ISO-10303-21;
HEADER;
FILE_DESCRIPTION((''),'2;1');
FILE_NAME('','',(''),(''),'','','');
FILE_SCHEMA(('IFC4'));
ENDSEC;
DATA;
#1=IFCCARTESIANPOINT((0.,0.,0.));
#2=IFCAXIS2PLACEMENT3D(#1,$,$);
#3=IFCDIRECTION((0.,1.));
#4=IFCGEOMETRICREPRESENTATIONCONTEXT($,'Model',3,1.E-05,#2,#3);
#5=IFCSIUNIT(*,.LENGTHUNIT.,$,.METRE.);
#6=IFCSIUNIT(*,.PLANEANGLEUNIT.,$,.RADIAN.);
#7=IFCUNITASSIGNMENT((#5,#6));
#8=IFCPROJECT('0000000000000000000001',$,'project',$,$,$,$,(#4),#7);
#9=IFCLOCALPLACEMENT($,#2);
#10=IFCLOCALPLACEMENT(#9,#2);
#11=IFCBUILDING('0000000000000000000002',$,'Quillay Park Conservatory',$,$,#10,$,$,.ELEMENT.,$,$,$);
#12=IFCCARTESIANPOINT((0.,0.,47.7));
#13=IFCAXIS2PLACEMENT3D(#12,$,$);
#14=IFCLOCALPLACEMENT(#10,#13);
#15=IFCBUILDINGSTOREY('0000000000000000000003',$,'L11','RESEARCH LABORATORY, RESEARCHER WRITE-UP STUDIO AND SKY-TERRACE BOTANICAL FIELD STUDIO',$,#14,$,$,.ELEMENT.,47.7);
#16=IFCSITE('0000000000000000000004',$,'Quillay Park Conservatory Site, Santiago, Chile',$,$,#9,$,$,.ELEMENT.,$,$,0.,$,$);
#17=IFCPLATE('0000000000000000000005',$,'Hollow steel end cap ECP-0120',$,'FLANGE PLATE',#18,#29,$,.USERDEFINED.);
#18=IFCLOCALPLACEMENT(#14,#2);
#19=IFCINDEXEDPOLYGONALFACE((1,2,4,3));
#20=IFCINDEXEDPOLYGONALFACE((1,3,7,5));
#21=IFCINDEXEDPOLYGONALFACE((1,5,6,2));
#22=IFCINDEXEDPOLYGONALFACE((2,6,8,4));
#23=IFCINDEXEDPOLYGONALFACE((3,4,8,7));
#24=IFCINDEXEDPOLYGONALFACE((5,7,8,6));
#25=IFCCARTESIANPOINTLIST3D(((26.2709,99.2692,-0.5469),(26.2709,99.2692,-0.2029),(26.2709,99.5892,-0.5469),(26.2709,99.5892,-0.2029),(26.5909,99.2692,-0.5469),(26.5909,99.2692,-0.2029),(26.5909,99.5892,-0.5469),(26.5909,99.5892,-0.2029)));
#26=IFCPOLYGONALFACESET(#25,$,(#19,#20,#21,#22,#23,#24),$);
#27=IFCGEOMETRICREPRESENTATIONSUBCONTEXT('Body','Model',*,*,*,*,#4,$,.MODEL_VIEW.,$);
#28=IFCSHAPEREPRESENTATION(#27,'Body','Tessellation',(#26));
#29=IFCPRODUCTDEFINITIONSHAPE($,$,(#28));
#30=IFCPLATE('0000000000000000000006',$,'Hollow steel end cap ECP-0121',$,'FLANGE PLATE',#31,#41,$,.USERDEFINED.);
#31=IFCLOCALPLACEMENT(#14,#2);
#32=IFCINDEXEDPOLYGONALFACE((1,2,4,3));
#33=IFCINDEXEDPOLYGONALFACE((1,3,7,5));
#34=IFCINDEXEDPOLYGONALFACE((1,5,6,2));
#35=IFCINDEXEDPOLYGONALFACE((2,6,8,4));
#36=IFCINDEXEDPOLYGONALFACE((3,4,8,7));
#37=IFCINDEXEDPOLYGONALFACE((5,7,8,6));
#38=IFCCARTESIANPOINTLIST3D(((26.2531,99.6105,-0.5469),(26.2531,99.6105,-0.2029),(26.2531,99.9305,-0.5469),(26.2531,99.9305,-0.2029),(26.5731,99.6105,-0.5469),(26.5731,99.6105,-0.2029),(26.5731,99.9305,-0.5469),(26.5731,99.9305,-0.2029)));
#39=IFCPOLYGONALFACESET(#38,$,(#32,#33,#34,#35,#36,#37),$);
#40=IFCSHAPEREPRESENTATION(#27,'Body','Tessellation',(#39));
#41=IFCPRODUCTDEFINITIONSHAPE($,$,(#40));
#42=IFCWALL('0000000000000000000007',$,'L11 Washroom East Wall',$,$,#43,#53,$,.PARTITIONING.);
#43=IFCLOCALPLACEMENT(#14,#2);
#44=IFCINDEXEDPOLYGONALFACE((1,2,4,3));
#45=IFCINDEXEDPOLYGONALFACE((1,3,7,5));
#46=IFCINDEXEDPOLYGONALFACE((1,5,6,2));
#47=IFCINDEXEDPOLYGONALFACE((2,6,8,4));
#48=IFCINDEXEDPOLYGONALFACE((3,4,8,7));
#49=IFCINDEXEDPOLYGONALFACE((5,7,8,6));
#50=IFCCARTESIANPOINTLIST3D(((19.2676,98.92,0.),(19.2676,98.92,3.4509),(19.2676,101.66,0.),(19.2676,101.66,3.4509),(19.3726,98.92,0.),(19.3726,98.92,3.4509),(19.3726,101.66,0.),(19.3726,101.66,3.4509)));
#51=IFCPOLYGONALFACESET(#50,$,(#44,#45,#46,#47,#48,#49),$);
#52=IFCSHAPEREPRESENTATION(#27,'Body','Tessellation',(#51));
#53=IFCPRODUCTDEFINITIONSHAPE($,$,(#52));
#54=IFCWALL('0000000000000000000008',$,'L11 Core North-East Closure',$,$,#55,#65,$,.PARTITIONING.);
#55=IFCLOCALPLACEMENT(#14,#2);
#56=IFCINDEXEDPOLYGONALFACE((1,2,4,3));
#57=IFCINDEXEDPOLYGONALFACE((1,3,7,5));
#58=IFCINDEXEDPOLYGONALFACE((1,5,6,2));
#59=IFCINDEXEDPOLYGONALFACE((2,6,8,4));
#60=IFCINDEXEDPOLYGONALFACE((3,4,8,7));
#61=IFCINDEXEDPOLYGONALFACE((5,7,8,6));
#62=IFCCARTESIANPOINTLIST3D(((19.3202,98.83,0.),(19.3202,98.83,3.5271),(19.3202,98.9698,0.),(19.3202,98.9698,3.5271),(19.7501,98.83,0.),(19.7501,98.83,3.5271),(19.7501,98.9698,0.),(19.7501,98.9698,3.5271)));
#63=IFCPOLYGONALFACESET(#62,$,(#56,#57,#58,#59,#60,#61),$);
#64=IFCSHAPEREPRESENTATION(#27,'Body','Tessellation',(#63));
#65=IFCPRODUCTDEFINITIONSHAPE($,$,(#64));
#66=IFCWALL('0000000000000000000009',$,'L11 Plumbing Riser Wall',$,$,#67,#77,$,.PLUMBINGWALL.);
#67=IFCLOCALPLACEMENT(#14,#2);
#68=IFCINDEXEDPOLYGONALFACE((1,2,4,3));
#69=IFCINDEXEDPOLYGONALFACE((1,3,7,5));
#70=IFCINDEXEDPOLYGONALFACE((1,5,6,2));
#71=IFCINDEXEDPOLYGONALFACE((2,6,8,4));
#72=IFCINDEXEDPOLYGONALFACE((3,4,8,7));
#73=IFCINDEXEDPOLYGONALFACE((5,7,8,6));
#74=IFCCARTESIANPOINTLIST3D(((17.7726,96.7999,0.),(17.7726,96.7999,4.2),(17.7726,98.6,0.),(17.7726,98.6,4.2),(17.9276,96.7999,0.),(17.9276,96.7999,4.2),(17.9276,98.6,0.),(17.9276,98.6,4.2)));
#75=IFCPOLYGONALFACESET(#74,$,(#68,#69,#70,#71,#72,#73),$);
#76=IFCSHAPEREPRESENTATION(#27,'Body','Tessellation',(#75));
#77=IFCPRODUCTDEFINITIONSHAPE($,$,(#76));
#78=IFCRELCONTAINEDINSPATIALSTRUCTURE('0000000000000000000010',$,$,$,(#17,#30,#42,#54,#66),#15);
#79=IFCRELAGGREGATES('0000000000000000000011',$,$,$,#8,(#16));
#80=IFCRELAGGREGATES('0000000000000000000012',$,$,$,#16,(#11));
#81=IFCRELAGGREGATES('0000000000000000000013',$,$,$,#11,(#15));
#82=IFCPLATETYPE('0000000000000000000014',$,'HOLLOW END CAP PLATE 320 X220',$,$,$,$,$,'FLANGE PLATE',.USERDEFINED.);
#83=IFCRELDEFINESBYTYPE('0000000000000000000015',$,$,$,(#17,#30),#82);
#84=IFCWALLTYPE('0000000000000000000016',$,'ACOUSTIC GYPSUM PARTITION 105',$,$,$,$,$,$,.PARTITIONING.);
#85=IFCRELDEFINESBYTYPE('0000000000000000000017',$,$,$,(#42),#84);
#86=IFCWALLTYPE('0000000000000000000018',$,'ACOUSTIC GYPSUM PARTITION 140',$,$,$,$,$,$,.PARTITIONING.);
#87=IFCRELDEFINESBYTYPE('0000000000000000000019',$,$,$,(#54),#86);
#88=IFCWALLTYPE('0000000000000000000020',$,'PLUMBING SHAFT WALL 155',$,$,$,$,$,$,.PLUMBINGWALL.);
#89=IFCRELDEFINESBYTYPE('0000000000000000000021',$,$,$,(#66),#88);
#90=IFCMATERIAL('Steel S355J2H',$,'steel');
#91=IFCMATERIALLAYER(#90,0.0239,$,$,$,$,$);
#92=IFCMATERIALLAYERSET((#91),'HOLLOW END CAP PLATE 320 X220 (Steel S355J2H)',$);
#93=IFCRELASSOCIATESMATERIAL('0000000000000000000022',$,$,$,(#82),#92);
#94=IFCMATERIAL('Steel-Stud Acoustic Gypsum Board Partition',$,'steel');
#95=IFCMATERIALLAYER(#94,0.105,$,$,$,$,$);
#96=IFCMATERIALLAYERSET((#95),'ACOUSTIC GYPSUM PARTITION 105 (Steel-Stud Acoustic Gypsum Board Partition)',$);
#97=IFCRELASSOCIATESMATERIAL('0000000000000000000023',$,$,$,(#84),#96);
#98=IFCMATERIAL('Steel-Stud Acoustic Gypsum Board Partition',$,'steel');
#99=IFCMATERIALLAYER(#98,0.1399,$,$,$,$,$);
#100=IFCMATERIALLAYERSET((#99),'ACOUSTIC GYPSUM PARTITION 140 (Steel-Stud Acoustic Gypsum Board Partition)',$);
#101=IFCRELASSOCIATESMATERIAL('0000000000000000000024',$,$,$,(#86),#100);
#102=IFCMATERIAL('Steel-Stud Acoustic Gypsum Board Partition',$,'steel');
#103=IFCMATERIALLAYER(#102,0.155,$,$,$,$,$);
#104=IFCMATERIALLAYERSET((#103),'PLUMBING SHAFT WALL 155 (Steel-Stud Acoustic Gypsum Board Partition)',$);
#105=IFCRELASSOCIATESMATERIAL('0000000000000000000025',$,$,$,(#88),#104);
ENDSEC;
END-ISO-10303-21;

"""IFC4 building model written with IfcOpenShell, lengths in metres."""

from ifc_helpers import new_model, si_unit, direction, frame, frame_2d, origin, origin_2d, place, context, subcontext, project, spatial, rectangle, extrude, material, layer, layer_set, type_object, element, save


model = new_model("IFC4")

# Units and contexts
model_context = context("Model", 3, precision=1e-05, world=origin(), true_north=direction((0.0, 1.0)))
body_context = subcontext(model_context, "Body", "Model", "MODEL_VIEW")
ifc_project = project(units=[si_unit("LENGTHUNIT", "METRE"), si_unit("PLANEANGLEUNIT", "RADIAN")], contexts=[model_context])

# Site, building, storey
site_placement = place(None, origin())
site = spatial("IfcSite", under=ifc_project, at=site_placement, Name="Quillay Park Conservatory Site, Santiago, Chile", CompositionType="ELEMENT", RefElevation=0.0)
building_placement = place(site_placement, origin())
building = spatial("IfcBuilding", under=site, at=building_placement, Name="Quillay Park Conservatory", CompositionType="ELEMENT")
storey_placement = place(building_placement, frame((0.0, 0.0, 47.7)))
storey = spatial("IfcBuildingStorey", under=building, at=storey_placement, Name="L11", Description="RESEARCH LABORATORY, RESEARCHER WRITE-UP STUDIO AND SKY-TERRACE BOTANICAL FIELD STUDIO", CompositionType="ELEMENT", Elevation=47.7)

# Plates
ifc_material_1 = material(Name="Steel S355J2H", Category="steel")
ifc_layer_1 = layer(ifc_material_1, 0.0239)
ifc_layer_set_1 = layer_set([ifc_layer_1], Name="HOLLOW END CAP PLATE 320 X220 (Steel S355J2H)")
plate_type_1 = type_object("IfcPlateType", Name="HOLLOW END CAP PLATE 320 X220", ElementType="FLANGE PLATE", PredefinedType="USERDEFINED", material=ifc_layer_set_1)
for number, where, z_axis, x_axis, name in (
    (1, (26.4309, 99.4292, -0.5469), (0.0, 0.0, 1.0), (1.0, 0.0, 0.0), "Hollow steel end cap ECP-0120"),
    (2, (26.4131, 99.7705, -0.5469), (0.0, 0.0, 1.0), (1.0, 0.0, 0.0), "Hollow steel end cap ECP-0121"),
):
    element("IfcPlate", number, at=place(storey_placement, frame(where, z_axis=z_axis, x_axis=x_axis)), inside=storey, type_object=plate_type_1, Name=name, ObjectType="FLANGE PLATE", PredefinedType="USERDEFINED", context=body_context, shape_type="SweptSolid", body=[
        extrude(rectangle(XDim=0.3201, YDim=0.3201, at=origin_2d()), origin(), (0.0, 0.0, 1.0), 0.344),
    ])

# Walls
ifc_material_2 = material(Name="Steel-Stud Acoustic Gypsum Board Partition", Category="steel")
ifc_layer_2 = layer(ifc_material_2, 0.105)
ifc_layer_set_2 = layer_set([ifc_layer_2], Name="ACOUSTIC GYPSUM PARTITION 105 (Steel-Stud Acoustic Gypsum Board Partition)")
wall_type_1 = type_object("IfcWallType", Name="ACOUSTIC GYPSUM PARTITION 105", PredefinedType="PARTITIONING", material=ifc_layer_set_2)
wall_1_placement = place(storey_placement, frame((19.3201, 98.9199, 0.0), z_axis=(0.0, 0.0, 1.0), x_axis=(0.0, 1.0, 0.0)))
element("IfcWall", 3, at=wall_1_placement, inside=storey, type_object=wall_type_1, Name="L11 Washroom East Wall", PredefinedType="PARTITIONING", context=body_context, shape_type="SweptSolid", body=[
    extrude(rectangle(XDim=2.74, YDim=0.105, at=frame_2d((1.3701, 0.0))), origin(), (0.0, 0.0, 1.0), 3.4509),
])
ifc_material_3 = material(Name="Steel-Stud Acoustic Gypsum Board Partition", Category="steel")
ifc_layer_3 = layer(ifc_material_3, 0.1399)
ifc_layer_set_3 = layer_set([ifc_layer_3], Name="ACOUSTIC GYPSUM PARTITION 140 (Steel-Stud Acoustic Gypsum Board Partition)")
wall_type_2 = type_object("IfcWallType", Name="ACOUSTIC GYPSUM PARTITION 140", PredefinedType="PARTITIONING", material=ifc_layer_set_3)
wall_2_placement = place(storey_placement, frame((19.75, 98.8999, 0.0), z_axis=(0.0, 0.0, 1.0), x_axis=(-1.0, 0.0, 0.0)))
element("IfcWall", 4, at=wall_2_placement, inside=storey, type_object=wall_type_2, Name="L11 Core North-East Closure", PredefinedType="PARTITIONING", context=body_context, shape_type="SweptSolid", body=[
    extrude(rectangle(XDim=0.4299, YDim=0.1399, at=frame_2d((0.2148, 0.0))), origin(), (0.0, 0.0, 1.0), 3.5271),
])
ifc_material_4 = material(Name="Steel-Stud Acoustic Gypsum Board Partition", Category="steel")
ifc_layer_4 = layer(ifc_material_4, 0.155)
ifc_layer_set_4 = layer_set([ifc_layer_4], Name="PLUMBING SHAFT WALL 155 (Steel-Stud Acoustic Gypsum Board Partition)")
wall_type_3 = type_object("IfcWallType", Name="PLUMBING SHAFT WALL 155", PredefinedType="PLUMBINGWALL", material=ifc_layer_set_4)
wall_3_placement = place(storey_placement, frame((17.8501, 96.8, 0.0), z_axis=(0.0, 0.0, 1.0), x_axis=(0.0, 1.0, 0.0)))
element("IfcWall", 5, at=wall_3_placement, inside=storey, type_object=wall_type_3, Name="L11 Plumbing Riser Wall", PredefinedType="PLUMBINGWALL", context=body_context, shape_type="SweptSolid", body=[
    extrude(rectangle(XDim=1.8, YDim=0.155, at=frame_2d((0.8999, 0.0))), origin(), (0.0, 0.0, 1.0), 4.2),
])

save(model, "model.ifc")
